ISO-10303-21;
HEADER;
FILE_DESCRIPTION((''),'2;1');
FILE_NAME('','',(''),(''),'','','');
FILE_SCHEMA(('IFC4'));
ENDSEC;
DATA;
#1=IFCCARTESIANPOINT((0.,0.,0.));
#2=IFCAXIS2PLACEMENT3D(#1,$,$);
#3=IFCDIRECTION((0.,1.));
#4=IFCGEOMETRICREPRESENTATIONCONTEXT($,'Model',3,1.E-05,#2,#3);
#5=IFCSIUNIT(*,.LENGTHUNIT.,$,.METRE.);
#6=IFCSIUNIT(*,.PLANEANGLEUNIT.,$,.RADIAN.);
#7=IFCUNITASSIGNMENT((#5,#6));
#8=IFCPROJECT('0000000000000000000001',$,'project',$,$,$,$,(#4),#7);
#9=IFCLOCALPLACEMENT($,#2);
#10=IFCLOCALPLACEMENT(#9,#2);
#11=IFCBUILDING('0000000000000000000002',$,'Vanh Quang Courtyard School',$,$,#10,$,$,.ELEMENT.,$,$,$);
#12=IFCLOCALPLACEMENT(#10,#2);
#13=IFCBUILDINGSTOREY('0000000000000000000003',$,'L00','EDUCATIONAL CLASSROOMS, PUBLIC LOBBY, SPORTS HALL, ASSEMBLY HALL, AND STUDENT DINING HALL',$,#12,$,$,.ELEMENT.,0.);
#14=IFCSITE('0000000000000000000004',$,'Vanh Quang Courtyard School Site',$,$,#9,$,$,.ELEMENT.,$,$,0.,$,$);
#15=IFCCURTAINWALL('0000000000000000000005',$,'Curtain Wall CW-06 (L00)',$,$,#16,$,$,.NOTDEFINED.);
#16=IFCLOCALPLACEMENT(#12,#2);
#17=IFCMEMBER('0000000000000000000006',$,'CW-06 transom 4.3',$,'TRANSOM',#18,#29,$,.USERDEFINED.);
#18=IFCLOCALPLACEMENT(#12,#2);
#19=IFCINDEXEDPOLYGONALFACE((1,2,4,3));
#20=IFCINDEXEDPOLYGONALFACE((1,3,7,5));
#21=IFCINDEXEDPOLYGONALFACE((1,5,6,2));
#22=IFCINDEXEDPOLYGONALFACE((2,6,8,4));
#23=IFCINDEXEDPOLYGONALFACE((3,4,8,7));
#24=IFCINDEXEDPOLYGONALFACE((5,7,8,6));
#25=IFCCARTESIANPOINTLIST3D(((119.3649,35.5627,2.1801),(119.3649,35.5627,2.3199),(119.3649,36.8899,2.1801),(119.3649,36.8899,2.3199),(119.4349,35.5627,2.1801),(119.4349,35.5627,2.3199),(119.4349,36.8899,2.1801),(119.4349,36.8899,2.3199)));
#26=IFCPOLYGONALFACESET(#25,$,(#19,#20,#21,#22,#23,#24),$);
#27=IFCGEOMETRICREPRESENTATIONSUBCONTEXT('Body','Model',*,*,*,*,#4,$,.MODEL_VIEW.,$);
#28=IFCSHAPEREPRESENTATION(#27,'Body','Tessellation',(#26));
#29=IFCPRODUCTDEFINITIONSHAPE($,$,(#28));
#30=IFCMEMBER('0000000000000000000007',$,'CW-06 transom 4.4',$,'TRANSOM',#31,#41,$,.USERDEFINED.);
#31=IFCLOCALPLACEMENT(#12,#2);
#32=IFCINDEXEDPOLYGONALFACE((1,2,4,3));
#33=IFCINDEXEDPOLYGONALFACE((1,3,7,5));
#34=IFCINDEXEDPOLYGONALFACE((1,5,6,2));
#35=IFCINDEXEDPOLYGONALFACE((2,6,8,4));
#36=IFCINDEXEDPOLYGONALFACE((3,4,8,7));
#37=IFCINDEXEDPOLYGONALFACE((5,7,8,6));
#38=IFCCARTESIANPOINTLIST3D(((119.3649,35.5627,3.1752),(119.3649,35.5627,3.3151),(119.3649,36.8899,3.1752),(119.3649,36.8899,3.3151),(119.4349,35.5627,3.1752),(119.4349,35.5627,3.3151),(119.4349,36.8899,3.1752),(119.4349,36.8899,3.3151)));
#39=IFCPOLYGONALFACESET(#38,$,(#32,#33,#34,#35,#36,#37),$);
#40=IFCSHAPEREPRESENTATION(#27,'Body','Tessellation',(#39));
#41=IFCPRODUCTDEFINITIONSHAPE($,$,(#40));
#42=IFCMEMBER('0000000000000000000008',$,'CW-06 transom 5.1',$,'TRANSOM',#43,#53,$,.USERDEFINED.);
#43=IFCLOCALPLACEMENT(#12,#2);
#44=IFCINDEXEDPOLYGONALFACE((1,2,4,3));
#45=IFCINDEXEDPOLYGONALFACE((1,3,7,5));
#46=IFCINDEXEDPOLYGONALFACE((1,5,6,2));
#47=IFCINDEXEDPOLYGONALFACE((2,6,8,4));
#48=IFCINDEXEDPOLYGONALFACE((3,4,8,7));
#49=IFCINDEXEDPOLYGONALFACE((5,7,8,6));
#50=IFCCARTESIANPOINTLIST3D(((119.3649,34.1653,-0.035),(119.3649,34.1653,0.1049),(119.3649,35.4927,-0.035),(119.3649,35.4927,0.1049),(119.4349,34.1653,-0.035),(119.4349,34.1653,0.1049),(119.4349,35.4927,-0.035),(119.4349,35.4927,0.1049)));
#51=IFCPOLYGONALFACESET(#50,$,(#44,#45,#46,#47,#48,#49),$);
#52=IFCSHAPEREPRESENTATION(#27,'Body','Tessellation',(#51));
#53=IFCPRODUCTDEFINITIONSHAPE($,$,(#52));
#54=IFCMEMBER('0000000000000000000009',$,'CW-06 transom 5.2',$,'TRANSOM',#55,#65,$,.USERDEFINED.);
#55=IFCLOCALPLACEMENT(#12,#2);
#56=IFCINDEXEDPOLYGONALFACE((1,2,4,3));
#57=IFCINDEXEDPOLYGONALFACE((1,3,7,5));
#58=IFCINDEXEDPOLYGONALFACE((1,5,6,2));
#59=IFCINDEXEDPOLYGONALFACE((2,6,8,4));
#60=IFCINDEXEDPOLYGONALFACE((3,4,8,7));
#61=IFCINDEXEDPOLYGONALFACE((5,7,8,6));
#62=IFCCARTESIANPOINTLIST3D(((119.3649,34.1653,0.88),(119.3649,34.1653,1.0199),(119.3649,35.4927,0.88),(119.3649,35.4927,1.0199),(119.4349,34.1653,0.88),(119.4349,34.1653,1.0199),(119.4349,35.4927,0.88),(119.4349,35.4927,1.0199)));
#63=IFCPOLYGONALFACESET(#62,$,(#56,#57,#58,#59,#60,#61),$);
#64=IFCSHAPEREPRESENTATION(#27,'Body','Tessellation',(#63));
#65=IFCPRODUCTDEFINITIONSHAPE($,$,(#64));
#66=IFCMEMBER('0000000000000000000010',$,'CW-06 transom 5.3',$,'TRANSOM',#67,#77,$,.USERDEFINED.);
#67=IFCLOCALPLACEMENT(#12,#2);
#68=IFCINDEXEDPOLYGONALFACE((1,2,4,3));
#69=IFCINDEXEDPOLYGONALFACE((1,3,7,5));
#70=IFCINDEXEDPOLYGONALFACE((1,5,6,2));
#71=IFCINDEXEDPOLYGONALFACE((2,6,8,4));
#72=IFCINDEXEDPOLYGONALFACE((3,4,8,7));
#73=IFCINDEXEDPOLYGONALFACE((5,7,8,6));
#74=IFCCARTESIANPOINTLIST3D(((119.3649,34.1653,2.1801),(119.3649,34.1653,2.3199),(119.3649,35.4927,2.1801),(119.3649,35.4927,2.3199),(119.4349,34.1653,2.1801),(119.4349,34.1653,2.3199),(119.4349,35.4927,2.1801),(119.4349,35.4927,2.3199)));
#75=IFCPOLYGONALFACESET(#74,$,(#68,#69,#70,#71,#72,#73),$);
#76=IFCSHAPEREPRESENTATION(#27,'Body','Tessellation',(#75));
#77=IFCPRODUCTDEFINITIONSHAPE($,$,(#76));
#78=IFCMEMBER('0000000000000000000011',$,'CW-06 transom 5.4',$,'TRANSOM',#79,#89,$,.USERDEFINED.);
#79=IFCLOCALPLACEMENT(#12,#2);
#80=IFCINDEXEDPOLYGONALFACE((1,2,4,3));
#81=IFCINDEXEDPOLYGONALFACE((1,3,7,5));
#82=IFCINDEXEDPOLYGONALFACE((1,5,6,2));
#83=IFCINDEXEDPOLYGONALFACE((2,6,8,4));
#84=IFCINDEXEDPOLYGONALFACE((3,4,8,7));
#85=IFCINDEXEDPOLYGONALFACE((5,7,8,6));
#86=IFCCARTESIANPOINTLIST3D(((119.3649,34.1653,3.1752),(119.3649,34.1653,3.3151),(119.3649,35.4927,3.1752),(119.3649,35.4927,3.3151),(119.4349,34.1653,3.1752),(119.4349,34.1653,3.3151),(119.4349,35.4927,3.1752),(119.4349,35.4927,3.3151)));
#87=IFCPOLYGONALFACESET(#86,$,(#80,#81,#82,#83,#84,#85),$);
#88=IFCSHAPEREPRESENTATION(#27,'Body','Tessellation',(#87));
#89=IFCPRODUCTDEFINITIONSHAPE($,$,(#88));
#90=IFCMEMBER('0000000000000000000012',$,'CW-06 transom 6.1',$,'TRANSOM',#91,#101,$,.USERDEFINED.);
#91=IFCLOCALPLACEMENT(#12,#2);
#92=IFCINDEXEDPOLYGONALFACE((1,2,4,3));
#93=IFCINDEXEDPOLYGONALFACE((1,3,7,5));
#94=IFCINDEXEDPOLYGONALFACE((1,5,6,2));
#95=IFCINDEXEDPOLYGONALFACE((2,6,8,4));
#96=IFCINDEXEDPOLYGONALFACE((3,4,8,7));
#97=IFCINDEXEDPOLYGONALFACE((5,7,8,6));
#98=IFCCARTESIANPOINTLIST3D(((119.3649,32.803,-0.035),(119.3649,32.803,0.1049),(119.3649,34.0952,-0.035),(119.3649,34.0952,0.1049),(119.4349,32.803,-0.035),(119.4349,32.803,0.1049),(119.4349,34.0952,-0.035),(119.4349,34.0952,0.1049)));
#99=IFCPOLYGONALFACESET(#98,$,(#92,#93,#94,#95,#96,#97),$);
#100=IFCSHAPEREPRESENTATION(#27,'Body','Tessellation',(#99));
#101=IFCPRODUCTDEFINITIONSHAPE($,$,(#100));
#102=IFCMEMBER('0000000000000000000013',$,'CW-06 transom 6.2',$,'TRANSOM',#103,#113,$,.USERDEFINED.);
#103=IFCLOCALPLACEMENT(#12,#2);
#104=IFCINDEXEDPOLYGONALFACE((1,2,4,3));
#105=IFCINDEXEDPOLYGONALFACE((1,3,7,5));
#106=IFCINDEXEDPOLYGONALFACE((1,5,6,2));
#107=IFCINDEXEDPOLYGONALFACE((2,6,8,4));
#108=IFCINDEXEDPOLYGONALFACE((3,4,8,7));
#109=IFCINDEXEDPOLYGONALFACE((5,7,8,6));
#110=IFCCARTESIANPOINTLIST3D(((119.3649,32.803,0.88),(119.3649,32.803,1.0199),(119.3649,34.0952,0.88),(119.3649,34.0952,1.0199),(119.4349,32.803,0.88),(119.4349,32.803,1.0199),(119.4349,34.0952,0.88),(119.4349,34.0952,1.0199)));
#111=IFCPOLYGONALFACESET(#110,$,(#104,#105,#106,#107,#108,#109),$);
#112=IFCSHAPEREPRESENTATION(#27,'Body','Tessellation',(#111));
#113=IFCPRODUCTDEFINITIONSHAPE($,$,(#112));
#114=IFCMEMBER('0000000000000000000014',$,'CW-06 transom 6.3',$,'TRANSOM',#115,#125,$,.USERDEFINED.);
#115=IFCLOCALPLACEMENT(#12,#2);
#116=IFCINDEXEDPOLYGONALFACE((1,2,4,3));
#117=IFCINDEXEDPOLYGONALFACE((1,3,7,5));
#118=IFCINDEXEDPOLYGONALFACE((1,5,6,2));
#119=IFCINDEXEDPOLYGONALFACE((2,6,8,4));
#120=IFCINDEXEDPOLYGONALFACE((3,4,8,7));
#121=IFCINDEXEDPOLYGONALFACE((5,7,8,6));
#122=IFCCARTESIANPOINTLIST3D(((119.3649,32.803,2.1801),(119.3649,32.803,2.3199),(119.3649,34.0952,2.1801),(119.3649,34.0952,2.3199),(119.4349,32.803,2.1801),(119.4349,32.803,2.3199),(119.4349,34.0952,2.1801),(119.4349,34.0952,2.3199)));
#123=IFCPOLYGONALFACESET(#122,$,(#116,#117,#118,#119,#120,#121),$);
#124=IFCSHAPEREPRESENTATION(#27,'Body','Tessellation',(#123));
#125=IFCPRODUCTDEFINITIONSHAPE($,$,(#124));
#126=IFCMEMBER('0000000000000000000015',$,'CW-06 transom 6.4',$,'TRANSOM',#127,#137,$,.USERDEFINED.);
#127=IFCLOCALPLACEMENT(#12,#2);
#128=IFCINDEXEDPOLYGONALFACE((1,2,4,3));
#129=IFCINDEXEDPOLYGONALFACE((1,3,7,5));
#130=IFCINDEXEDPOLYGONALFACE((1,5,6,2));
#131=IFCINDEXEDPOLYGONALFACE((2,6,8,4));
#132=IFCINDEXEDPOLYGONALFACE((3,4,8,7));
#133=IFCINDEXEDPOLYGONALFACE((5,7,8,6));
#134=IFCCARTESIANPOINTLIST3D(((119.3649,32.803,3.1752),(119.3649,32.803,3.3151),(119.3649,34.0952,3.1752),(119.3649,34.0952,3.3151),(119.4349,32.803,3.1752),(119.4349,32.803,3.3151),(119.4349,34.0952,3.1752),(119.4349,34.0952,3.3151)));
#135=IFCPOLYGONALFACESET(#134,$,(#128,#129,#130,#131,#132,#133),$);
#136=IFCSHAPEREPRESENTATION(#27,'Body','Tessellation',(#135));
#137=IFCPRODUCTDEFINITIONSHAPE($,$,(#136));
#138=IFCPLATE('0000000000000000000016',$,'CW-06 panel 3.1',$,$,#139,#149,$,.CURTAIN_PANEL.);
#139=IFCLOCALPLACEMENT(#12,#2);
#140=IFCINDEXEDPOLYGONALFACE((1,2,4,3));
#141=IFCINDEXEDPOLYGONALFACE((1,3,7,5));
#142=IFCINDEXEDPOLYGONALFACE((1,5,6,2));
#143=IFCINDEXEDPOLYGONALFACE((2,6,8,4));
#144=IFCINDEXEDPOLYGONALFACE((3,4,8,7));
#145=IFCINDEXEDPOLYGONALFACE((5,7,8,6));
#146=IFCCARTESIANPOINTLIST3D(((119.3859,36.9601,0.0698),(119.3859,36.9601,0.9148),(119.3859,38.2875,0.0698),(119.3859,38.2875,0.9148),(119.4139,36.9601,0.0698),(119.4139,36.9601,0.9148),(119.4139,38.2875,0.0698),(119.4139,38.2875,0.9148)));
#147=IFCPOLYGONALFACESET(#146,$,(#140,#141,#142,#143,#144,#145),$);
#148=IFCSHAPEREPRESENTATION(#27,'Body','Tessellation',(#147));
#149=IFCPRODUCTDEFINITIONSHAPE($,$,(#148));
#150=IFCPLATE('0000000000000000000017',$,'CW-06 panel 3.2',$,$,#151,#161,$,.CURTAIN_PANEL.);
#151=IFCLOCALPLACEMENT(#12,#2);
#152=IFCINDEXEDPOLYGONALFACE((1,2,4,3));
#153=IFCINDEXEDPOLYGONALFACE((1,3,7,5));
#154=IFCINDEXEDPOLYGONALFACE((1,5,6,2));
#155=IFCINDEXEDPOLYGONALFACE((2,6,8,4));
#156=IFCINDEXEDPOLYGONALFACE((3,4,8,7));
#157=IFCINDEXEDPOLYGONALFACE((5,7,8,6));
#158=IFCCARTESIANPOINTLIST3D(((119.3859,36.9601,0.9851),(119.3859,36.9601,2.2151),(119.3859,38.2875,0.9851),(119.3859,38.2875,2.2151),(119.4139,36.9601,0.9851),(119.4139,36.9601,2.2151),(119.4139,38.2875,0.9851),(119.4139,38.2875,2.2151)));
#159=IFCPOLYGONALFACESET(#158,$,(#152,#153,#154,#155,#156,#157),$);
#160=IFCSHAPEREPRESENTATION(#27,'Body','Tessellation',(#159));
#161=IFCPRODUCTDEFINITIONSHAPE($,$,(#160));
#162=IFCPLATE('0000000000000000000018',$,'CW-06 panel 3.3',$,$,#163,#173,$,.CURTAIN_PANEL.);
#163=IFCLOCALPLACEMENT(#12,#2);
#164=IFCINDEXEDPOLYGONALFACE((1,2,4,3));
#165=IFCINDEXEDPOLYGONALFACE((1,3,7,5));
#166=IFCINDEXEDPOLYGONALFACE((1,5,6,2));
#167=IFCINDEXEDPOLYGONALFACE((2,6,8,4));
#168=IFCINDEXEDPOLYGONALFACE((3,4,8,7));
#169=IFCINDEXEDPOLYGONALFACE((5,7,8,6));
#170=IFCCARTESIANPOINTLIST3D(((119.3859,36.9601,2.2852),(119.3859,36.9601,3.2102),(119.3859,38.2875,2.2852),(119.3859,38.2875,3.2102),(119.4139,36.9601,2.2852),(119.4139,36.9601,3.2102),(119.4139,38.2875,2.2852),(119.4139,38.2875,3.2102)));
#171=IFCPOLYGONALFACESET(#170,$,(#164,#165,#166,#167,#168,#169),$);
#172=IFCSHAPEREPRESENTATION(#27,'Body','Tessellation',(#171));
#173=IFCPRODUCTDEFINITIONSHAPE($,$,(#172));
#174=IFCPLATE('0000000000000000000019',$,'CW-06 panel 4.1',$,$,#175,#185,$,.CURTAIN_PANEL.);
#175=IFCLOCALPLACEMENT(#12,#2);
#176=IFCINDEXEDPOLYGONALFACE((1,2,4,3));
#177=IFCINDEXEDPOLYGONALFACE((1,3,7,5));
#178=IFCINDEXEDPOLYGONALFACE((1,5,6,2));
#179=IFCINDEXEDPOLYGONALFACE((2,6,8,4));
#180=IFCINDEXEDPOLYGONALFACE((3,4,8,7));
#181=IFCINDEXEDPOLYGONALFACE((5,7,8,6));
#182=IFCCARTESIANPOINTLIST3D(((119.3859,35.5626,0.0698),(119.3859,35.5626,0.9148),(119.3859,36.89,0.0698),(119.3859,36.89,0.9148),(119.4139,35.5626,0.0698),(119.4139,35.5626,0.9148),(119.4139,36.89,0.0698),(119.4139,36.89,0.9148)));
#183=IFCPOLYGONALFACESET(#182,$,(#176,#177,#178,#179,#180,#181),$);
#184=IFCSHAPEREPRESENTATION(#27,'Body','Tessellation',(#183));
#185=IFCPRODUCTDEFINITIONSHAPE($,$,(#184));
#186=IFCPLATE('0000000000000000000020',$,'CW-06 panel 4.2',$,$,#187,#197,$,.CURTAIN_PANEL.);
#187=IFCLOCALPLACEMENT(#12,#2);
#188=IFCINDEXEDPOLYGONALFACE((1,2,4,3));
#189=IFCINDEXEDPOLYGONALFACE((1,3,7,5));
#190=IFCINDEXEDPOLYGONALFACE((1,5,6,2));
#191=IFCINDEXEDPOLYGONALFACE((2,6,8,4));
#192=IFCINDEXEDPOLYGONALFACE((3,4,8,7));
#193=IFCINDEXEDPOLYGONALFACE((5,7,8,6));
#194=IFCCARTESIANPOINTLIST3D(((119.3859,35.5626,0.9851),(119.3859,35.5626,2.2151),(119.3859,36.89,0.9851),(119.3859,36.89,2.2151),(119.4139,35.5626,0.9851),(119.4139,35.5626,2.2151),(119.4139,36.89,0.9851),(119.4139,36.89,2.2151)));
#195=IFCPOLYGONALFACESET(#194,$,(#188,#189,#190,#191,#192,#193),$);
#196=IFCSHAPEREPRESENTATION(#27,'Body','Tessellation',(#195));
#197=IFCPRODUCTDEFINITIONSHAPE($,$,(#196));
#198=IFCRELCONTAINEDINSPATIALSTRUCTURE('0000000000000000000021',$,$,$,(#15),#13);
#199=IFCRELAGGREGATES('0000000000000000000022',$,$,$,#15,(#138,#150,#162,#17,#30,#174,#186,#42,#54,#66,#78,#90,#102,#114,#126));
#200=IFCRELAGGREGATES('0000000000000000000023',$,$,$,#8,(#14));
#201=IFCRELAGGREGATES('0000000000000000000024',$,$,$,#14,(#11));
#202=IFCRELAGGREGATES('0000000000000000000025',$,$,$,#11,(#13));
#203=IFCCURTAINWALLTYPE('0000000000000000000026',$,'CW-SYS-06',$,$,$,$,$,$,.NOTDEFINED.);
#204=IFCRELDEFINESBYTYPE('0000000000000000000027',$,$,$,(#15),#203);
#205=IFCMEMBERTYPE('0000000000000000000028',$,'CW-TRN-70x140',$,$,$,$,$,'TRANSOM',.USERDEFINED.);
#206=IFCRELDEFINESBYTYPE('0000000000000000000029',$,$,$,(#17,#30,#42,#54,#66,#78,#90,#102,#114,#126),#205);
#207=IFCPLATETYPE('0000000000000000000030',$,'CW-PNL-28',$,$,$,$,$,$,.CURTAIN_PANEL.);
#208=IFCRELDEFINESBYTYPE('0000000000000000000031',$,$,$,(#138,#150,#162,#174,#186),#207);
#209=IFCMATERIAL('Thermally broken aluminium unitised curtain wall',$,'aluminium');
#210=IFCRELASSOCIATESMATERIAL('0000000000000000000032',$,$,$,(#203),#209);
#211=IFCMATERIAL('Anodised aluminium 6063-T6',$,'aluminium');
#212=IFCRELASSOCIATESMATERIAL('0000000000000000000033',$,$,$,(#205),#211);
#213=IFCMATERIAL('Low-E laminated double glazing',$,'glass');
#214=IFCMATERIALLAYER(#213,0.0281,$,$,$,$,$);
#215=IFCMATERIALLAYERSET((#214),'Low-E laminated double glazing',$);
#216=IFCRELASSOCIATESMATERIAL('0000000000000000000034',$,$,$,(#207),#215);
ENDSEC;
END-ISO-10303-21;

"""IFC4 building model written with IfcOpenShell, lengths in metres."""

from ifc_helpers import new_model, si_unit, direction, frame, origin, origin_2d, place, context, subcontext, project, spatial, rectangle, extrude, material, layer, layer_set, material_profile, profile_set, type_object, element, aggregate, save


model = new_model("IFC4")

# Units and contexts
model_context = context("Model", 3, precision=1e-05, world=origin(), true_north=direction((0.0, 1.0)))
body_context = subcontext(model_context, "Body", "Model", "MODEL_VIEW")
ifc_project = project(units=[si_unit("LENGTHUNIT", "METRE"), si_unit("PLANEANGLEUNIT", "RADIAN")], contexts=[model_context])

# Site, building, storey
site_placement = place(None, origin())
site = spatial("IfcSite", under=ifc_project, at=site_placement, Name="Vanh Quang Courtyard School Site", CompositionType="ELEMENT", RefElevation=0.0)
building_placement = place(site_placement, origin())
building = spatial("IfcBuilding", under=site, at=building_placement, Name="Vanh Quang Courtyard School", CompositionType="ELEMENT")
storey_placement = place(building_placement, origin())
storey = spatial("IfcBuildingStorey", under=building, at=storey_placement, Name="L00", Description="EDUCATIONAL CLASSROOMS, PUBLIC LOBBY, SPORTS HALL, ASSEMBLY HALL, AND STUDENT DINING HALL", CompositionType="ELEMENT", Elevation=0.0)

# Curtain wall, members, plates
ifc_material_1 = material(Name="Thermally broken aluminium unitised curtain wall", Category="aluminium")
curtain_wall_type = type_object("IfcCurtainWallType", Name="CW-SYS-06", PredefinedType="NOTDEFINED", material=ifc_material_1)
curtain_wall_placement = place(storey_placement, origin())
curtain_wall = element("IfcCurtainWall", 1, at=curtain_wall_placement, inside=storey, type_object=curtain_wall_type, Name="Curtain Wall CW-06 (L00)", PredefinedType="NOTDEFINED")
ifc_material_2 = material(Name="Anodised aluminium 6063-T6", Category="aluminium")
ifc_material_profile_1 = material_profile(ifc_material_2, rectangle(XDim=0.0701, YDim=0.1399, at=origin_2d()), Name="ALU-TRN 70x140")
ifc_profile_set_1 = profile_set([ifc_material_profile_1], Name="Anodised aluminium 6063-T6")
member_type_1 = type_object("IfcMemberType", Name="CW-TRN-70x140", ElementType="TRANSOM", PredefinedType="USERDEFINED", material=ifc_profile_set_1)
member_1_placement = place(storey_placement, frame((119.3999, 36.8899, 2.25), z_axis=(0.0, -1.0, 0.0), x_axis=(1.0, 0.0, 0.0)))
member_1 = element("IfcMember", 2, at=member_1_placement, type_object=member_type_1, Name="CW-06 transom 4.3", ObjectType="TRANSOM", PredefinedType="USERDEFINED", context=body_context, shape_type="SweptSolid", body=[
    extrude(rectangle(XDim=0.0701, YDim=0.1399, at=origin_2d()), origin(), (0.0, 0.0, 1.0), 1.3271),
])
member_2_placement = place(storey_placement, frame((119.3999, 36.8899, 3.2451), z_axis=(0.0, -1.0, 0.0), x_axis=(1.0, 0.0, 0.0)))
member_2 = element("IfcMember", 3, at=member_2_placement, type_object=member_type_1, Name="CW-06 transom 4.4", ObjectType="TRANSOM", PredefinedType="USERDEFINED", context=body_context, shape_type="SweptSolid", body=[
    extrude(rectangle(XDim=0.0701, YDim=0.1399, at=origin_2d()), origin(), (0.0, 0.0, 1.0), 1.3271),
])
member_3_placement = place(storey_placement, frame((119.3999, 35.4927, 0.0349), z_axis=(0.0, -1.0, 0.0), x_axis=(1.0, 0.0, 0.0)))
member_3 = element("IfcMember", 4, at=member_3_placement, type_object=member_type_1, Name="CW-06 transom 5.1", ObjectType="TRANSOM", PredefinedType="USERDEFINED", context=body_context, shape_type="SweptSolid", body=[
    extrude(rectangle(XDim=0.0701, YDim=0.1399, at=origin_2d()), origin(), (0.0, 0.0, 1.0), 1.3274),
])
member_4_placement = place(storey_placement, frame((119.3999, 35.4927, 0.95), z_axis=(0.0, -1.0, 0.0), x_axis=(1.0, 0.0, 0.0)))
member_4 = element("IfcMember", 5, at=member_4_placement, type_object=member_type_1, Name="CW-06 transom 5.2", ObjectType="TRANSOM", PredefinedType="USERDEFINED", context=body_context, shape_type="SweptSolid", body=[
    extrude(rectangle(XDim=0.0701, YDim=0.1399, at=origin_2d()), origin(), (0.0, 0.0, 1.0), 1.3274),
])
member_5_placement = place(storey_placement, frame((119.3999, 35.4927, 2.25), z_axis=(0.0, -1.0, 0.0), x_axis=(1.0, 0.0, 0.0)))
member_5 = element("IfcMember", 6, at=member_5_placement, type_object=member_type_1, Name="CW-06 transom 5.3", ObjectType="TRANSOM", PredefinedType="USERDEFINED", context=body_context, shape_type="SweptSolid", body=[
    extrude(rectangle(XDim=0.0701, YDim=0.1399, at=origin_2d()), origin(), (0.0, 0.0, 1.0), 1.3274),
])
member_6_placement = place(storey_placement, frame((119.3999, 35.4927, 3.2451), z_axis=(0.0, -1.0, 0.0), x_axis=(1.0, 0.0, 0.0)))
member_6 = element("IfcMember", 7, at=member_6_placement, type_object=member_type_1, Name="CW-06 transom 5.4", ObjectType="TRANSOM", PredefinedType="USERDEFINED", context=body_context, shape_type="SweptSolid", body=[
    extrude(rectangle(XDim=0.0701, YDim=0.1399, at=origin_2d()), origin(), (0.0, 0.0, 1.0), 1.3274),
])
member_7_placement = place(storey_placement, frame((119.3999, 34.0952, 0.0349), z_axis=(0.0, -1.0, 0.0), x_axis=(1.0, 0.0, 0.0)))
member_7 = element("IfcMember", 8, at=member_7_placement, type_object=member_type_1, Name="CW-06 transom 6.1", ObjectType="TRANSOM", PredefinedType="USERDEFINED", context=body_context, shape_type="SweptSolid", body=[
    extrude(rectangle(XDim=0.0701, YDim=0.1399, at=origin_2d()), origin(), (0.0, 0.0, 1.0), 1.2922),
])
member_8_placement = place(storey_placement, frame((119.3999, 34.0952, 0.95), z_axis=(0.0, -1.0, 0.0), x_axis=(1.0, 0.0, 0.0)))
member_8 = element("IfcMember", 9, at=member_8_placement, type_object=member_type_1, Name="CW-06 transom 6.2", ObjectType="TRANSOM", PredefinedType="USERDEFINED", context=body_context, shape_type="SweptSolid", body=[
    extrude(rectangle(XDim=0.0701, YDim=0.1399, at=origin_2d()), origin(), (0.0, 0.0, 1.0), 1.2922),
])
member_9_placement = place(storey_placement, frame((119.3999, 34.0952, 2.25), z_axis=(0.0, -1.0, 0.0), x_axis=(1.0, 0.0, 0.0)))
member_9 = element("IfcMember", 10, at=member_9_placement, type_object=member_type_1, Name="CW-06 transom 6.3", ObjectType="TRANSOM", PredefinedType="USERDEFINED", context=body_context, shape_type="SweptSolid", body=[
    extrude(rectangle(XDim=0.0701, YDim=0.1399, at=origin_2d()), origin(), (0.0, 0.0, 1.0), 1.2922),
])
member_10_placement = place(storey_placement, frame((119.3999, 34.0952, 3.2451), z_axis=(0.0, -1.0, 0.0), x_axis=(1.0, 0.0, 0.0)))
member_10 = element("IfcMember", 11, at=member_10_placement, type_object=member_type_1, Name="CW-06 transom 6.4", ObjectType="TRANSOM", PredefinedType="USERDEFINED", context=body_context, shape_type="SweptSolid", body=[
    extrude(rectangle(XDim=0.0701, YDim=0.1399, at=origin_2d()), origin(), (0.0, 0.0, 1.0), 1.2922),
])
ifc_material_3 = material(Name="Low-E laminated double glazing", Category="glass")
ifc_layer = layer(ifc_material_3, 0.0281)
ifc_layer_set = layer_set([ifc_layer], Name="Low-E laminated double glazing")
plate_type = type_object("IfcPlateType", Name="CW-PNL-28", PredefinedType="CURTAIN_PANEL", material=ifc_layer_set)
plate_1_placement = place(storey_placement, frame((119.3999, 37.6238, 0.0698), z_axis=(0.0, 0.0, 1.0), x_axis=(0.0, -1.0, 0.0)))
plate_1 = element("IfcPlate", 12, at=plate_1_placement, type_object=plate_type, Name="CW-06 panel 3.1", PredefinedType="CURTAIN_PANEL", context=body_context, shape_type="SweptSolid", body=[
    extrude(rectangle(XDim=1.3274, YDim=0.0281, at=origin_2d()), origin(), (0.0, 0.0, 1.0), 0.845),
])
plate_2_placement = place(storey_placement, frame((119.3999, 37.6238, 0.9851), z_axis=(0.0, 0.0, 1.0), x_axis=(0.0, -1.0, 0.0)))
plate_2 = element("IfcPlate", 13, at=plate_2_placement, type_object=plate_type, Name="CW-06 panel 3.2", PredefinedType="CURTAIN_PANEL", context=body_context, shape_type="SweptSolid", body=[
    extrude(rectangle(XDim=1.3274, YDim=0.0281, at=origin_2d()), origin(), (0.0, 0.0, 1.0), 1.23),
])
plate_3_placement = place(storey_placement, frame((119.3999, 37.6238, 2.2852), z_axis=(0.0, 0.0, 1.0), x_axis=(0.0, -1.0, 0.0)))
plate_3 = element("IfcPlate", 14, at=plate_3_placement, type_object=plate_type, Name="CW-06 panel 3.3", PredefinedType="CURTAIN_PANEL", context=body_context, shape_type="SweptSolid", body=[
    extrude(rectangle(XDim=1.3274, YDim=0.0281, at=origin_2d()), origin(), (0.0, 0.0, 1.0), 0.925),
])
plate_4_placement = place(storey_placement, frame((119.3999, 36.2263, 0.0698), z_axis=(0.0, 0.0, 1.0), x_axis=(0.0, -1.0, 0.0)))
plate_4 = element("IfcPlate", 15, at=plate_4_placement, type_object=plate_type, Name="CW-06 panel 4.1", PredefinedType="CURTAIN_PANEL", context=body_context, shape_type="SweptSolid", body=[
    extrude(rectangle(XDim=1.3274, YDim=0.0281, at=origin_2d()), origin(), (0.0, 0.0, 1.0), 0.845),
])
plate_5_placement = place(storey_placement, frame((119.3999, 36.2263, 0.9851), z_axis=(0.0, 0.0, 1.0), x_axis=(0.0, -1.0, 0.0)))
plate_5 = element("IfcPlate", 16, at=plate_5_placement, type_object=plate_type, Name="CW-06 panel 4.2", PredefinedType="CURTAIN_PANEL", context=body_context, shape_type="SweptSolid", body=[
    extrude(rectangle(XDim=1.3274, YDim=0.0281, at=origin_2d()), origin(), (0.0, 0.0, 1.0), 1.23),
])
aggregate(curtain_wall, [plate_1, plate_2, plate_3, member_1, member_2, plate_4, plate_5, member_3, member_4, member_5, member_6, member_7, member_8, member_9, member_10])

save(model, "model.ifc")
